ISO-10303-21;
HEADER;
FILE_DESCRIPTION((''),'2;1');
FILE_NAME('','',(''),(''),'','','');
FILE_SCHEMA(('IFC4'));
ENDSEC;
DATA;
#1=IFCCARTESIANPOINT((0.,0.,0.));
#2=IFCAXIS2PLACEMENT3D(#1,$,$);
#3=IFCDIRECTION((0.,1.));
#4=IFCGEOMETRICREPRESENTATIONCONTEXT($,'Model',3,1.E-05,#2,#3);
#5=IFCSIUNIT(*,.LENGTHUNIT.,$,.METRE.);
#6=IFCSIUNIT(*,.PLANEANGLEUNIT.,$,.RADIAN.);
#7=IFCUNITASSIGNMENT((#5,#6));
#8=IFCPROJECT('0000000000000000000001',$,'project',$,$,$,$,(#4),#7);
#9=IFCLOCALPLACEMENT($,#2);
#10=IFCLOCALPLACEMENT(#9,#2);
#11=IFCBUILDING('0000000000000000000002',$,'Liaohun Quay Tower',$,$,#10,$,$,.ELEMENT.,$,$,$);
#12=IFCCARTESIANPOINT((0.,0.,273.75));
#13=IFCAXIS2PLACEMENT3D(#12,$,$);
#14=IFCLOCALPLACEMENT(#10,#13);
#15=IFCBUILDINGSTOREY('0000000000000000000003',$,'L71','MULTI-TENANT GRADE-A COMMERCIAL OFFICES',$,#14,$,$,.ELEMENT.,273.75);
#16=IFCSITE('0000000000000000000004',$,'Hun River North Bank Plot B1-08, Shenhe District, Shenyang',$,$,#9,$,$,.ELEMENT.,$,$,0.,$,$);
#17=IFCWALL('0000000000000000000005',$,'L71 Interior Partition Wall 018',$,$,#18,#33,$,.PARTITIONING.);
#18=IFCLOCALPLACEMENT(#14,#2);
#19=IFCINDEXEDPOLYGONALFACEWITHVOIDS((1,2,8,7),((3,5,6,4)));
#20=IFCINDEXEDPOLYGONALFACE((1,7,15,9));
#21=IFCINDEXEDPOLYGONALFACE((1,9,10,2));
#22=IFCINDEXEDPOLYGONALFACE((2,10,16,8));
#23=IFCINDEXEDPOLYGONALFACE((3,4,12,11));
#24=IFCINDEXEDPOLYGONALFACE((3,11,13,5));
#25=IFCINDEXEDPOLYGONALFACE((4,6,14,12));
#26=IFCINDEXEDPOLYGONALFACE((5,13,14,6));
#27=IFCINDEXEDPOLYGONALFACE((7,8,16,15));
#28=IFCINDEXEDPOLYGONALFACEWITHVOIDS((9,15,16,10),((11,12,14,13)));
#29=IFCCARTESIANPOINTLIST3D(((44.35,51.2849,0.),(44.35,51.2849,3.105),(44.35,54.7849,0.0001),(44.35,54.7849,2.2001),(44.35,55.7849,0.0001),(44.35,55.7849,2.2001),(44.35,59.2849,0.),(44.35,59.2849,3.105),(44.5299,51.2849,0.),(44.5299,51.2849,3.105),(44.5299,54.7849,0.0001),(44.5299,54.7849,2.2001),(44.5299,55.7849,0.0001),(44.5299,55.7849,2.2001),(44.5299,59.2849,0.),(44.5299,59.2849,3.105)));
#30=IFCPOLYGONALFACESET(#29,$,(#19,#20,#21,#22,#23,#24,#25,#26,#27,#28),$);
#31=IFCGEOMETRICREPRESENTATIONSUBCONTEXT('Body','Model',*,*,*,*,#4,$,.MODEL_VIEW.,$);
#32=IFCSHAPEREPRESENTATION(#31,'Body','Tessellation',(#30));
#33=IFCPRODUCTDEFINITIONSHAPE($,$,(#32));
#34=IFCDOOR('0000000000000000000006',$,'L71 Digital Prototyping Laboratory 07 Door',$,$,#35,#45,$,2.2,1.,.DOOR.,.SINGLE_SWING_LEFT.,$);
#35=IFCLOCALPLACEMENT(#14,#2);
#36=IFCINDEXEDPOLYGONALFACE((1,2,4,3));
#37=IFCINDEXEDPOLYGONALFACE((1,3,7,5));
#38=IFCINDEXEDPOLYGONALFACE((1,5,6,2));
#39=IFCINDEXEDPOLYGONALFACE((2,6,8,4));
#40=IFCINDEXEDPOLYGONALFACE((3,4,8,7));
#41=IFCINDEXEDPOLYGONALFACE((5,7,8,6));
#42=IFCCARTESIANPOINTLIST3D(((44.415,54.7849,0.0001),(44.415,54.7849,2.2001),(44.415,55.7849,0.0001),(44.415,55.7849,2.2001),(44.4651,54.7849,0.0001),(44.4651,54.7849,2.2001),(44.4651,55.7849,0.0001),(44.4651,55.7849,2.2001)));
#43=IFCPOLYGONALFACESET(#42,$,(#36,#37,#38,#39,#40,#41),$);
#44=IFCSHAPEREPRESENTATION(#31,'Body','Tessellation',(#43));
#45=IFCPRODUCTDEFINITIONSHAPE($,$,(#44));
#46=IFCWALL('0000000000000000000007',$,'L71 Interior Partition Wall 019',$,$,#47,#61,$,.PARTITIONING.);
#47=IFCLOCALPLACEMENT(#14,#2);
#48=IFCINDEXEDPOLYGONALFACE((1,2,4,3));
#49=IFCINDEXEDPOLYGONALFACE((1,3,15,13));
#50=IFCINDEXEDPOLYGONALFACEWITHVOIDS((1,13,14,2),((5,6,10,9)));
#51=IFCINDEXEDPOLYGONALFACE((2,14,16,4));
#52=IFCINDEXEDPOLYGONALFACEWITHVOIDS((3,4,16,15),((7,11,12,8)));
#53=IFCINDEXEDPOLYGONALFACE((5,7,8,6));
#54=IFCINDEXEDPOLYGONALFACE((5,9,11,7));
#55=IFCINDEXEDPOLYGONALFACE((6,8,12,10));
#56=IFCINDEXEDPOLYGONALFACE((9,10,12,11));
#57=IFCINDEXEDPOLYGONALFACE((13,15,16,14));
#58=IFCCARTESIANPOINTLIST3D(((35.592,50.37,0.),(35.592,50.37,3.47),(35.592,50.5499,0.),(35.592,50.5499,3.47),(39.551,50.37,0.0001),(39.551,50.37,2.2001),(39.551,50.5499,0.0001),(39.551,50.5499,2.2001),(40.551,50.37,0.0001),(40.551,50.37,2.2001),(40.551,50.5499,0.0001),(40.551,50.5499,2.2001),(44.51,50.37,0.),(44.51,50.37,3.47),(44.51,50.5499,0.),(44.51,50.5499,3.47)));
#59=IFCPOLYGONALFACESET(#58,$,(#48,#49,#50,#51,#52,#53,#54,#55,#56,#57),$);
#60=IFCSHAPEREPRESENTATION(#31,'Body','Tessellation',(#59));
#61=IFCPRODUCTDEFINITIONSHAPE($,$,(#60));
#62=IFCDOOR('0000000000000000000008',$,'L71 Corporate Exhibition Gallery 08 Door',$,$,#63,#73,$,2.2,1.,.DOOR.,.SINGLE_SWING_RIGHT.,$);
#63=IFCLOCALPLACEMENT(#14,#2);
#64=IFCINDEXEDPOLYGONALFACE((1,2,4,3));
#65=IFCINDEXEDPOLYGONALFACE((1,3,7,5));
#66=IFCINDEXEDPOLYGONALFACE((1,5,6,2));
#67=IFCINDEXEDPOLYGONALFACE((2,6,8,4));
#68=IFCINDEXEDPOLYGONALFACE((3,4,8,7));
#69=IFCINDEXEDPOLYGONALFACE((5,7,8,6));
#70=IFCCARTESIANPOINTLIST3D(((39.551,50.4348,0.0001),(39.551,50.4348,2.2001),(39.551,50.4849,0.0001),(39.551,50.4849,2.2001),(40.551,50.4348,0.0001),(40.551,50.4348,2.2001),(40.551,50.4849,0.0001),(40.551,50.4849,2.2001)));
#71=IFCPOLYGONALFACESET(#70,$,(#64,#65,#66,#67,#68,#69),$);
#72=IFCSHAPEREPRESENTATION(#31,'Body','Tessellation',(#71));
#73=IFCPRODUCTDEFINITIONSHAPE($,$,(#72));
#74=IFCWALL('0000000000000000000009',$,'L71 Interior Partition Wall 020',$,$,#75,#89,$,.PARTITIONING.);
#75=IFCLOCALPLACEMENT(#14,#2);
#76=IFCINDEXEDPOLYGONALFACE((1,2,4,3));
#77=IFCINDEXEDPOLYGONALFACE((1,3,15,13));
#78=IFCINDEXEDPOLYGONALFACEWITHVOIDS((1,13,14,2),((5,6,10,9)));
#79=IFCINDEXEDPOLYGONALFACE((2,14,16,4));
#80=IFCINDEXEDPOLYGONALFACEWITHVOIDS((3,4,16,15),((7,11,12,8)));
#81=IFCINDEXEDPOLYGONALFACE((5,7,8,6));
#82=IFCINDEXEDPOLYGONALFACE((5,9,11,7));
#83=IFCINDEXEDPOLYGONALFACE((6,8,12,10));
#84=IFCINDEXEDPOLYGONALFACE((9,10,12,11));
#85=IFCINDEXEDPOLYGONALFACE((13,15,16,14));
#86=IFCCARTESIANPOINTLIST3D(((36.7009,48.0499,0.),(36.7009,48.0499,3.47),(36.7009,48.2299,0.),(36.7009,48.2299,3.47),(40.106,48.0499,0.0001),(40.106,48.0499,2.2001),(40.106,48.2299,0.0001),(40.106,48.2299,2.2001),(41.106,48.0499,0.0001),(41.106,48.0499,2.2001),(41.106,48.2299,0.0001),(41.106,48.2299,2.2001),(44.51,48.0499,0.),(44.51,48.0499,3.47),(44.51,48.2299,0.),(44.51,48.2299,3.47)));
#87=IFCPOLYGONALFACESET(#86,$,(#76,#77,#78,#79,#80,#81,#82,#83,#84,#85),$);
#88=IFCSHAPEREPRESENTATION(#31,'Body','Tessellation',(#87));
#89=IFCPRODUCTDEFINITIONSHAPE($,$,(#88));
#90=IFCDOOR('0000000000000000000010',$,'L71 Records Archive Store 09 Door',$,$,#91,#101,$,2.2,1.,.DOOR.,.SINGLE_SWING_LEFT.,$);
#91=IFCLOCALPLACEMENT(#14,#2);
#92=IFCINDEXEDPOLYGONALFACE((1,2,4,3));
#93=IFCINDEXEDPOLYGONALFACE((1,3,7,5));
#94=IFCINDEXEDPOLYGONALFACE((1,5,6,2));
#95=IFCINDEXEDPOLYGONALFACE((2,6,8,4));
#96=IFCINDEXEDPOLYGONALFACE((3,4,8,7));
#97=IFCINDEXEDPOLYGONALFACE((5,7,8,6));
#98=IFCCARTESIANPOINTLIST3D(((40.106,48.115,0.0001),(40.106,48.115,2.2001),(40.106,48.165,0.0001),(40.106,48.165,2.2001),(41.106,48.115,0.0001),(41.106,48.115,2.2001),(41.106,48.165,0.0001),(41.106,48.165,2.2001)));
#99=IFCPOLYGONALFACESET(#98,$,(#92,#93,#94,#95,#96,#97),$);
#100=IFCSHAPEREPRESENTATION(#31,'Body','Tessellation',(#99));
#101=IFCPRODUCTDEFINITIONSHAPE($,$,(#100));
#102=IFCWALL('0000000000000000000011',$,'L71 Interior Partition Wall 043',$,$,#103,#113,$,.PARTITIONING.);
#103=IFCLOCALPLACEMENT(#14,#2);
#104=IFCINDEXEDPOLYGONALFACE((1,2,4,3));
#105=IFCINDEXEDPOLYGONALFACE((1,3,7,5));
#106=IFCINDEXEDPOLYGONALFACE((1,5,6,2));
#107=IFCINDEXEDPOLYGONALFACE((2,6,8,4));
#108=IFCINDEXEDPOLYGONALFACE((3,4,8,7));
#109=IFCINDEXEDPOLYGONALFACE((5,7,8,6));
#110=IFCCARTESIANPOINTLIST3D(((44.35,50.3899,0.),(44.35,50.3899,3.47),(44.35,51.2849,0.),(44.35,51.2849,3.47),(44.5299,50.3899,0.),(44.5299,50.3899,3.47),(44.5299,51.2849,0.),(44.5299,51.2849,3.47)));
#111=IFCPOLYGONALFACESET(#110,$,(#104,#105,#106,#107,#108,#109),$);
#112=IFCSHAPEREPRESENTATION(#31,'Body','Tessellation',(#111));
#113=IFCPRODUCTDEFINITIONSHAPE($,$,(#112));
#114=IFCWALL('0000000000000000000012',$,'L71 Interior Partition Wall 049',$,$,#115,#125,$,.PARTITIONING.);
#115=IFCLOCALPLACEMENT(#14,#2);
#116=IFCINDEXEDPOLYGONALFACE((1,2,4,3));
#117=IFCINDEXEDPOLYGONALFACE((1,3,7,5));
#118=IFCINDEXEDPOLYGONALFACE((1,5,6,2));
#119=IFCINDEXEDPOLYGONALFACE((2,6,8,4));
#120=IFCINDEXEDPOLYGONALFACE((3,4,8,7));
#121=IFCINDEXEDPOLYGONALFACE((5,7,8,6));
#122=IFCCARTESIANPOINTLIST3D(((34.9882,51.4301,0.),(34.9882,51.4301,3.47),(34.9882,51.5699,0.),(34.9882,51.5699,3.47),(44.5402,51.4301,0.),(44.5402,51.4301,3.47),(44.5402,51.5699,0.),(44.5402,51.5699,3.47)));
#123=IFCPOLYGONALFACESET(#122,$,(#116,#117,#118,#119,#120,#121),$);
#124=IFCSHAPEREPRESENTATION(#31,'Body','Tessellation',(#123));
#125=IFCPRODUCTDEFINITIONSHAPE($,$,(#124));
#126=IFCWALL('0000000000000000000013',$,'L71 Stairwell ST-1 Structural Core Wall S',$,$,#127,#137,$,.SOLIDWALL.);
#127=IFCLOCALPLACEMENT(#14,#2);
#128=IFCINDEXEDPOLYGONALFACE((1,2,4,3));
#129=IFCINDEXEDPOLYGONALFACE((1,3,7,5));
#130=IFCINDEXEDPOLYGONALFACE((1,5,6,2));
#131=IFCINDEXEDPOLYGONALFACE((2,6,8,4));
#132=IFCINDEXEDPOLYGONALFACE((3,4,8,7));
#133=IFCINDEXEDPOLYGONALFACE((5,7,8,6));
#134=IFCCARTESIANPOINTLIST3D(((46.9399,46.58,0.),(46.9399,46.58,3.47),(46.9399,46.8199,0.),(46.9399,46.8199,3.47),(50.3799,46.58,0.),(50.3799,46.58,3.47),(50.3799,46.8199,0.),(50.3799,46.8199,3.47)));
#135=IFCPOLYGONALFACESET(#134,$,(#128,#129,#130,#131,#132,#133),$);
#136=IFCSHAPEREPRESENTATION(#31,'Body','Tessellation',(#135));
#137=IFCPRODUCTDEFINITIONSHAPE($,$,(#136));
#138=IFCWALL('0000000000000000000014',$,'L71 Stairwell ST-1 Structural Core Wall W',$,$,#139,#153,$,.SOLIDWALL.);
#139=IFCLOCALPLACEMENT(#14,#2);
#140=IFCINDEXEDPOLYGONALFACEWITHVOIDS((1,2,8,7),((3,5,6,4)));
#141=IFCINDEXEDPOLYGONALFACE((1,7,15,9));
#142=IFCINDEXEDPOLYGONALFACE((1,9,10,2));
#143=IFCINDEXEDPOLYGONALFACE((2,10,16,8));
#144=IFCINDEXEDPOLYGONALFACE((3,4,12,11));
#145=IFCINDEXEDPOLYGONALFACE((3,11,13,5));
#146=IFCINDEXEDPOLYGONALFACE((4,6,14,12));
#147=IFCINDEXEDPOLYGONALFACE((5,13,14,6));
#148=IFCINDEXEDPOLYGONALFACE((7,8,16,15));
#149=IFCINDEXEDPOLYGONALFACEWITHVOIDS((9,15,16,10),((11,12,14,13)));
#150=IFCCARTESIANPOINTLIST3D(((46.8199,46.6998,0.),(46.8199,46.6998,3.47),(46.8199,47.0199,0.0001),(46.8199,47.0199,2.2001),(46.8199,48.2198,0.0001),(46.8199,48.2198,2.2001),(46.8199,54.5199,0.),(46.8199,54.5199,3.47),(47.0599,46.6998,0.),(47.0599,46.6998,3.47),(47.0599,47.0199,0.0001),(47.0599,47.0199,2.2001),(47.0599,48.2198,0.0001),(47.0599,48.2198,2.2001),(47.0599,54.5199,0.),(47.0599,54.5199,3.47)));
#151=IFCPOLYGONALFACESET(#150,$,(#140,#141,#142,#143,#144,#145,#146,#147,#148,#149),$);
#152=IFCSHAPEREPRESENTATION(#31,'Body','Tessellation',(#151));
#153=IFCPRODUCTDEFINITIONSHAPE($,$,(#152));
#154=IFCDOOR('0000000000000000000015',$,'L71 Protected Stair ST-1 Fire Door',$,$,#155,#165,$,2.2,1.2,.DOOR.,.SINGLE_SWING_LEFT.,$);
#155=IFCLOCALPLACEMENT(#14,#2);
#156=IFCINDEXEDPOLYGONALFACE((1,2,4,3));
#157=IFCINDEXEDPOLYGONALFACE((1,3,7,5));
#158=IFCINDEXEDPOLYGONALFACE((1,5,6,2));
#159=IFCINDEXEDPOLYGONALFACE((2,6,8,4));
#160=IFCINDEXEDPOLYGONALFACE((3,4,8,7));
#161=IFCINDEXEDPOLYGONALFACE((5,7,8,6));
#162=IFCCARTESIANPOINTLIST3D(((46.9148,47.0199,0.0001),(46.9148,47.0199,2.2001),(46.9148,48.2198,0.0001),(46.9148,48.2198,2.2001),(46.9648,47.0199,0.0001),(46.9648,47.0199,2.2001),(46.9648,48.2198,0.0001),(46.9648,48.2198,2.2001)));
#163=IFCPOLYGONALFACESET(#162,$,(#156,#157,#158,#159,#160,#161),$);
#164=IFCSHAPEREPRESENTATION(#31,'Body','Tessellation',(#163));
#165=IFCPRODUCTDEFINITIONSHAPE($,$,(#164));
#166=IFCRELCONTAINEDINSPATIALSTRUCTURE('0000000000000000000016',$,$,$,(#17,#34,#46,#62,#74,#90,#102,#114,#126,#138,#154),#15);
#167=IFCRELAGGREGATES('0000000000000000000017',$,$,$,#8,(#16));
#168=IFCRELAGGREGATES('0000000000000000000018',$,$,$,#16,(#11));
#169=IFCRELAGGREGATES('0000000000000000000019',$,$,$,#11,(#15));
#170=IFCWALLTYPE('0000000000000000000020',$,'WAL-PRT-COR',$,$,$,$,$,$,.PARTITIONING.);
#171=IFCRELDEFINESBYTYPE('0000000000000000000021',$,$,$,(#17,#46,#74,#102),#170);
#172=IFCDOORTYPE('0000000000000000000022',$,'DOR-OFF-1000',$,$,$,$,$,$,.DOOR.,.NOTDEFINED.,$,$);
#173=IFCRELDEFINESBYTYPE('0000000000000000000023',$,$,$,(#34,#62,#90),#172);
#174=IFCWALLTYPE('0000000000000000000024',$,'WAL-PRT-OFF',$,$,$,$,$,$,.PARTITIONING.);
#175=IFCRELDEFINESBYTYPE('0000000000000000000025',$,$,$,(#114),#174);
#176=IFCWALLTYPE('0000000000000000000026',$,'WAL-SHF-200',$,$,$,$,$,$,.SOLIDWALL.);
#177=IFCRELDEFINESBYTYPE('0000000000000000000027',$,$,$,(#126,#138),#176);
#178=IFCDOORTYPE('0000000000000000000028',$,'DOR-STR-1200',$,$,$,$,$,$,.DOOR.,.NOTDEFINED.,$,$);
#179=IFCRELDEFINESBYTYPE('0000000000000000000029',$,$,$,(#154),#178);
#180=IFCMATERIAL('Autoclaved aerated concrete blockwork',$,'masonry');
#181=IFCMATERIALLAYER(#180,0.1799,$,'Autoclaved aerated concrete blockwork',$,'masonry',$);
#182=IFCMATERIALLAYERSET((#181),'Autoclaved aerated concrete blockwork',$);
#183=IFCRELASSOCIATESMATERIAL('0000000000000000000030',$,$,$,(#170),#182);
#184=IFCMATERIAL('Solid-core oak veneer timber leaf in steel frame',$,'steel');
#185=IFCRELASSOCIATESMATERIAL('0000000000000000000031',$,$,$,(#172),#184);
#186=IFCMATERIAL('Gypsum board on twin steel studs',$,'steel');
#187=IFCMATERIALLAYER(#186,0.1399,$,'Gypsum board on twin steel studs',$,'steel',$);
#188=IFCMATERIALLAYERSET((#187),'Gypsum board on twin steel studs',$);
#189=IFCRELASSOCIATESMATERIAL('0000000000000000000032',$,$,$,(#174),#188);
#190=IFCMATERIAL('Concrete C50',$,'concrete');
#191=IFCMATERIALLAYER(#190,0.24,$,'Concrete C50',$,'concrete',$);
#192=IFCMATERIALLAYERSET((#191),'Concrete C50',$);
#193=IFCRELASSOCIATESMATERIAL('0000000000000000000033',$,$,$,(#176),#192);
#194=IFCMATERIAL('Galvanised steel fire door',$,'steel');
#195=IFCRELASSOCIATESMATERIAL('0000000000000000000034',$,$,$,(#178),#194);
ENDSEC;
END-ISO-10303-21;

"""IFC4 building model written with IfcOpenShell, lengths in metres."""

from ifc_helpers import new_model, si_unit, direction, frame, frame_2d, origin, place, context, subcontext, project, spatial, rectangle, extrude, source, transform, mapped, material, layer, layer_set, type_object, element, fill, save


model = new_model("IFC4")

# Units and contexts
model_context = context("Model", 3, precision=1e-05, world=origin(), true_north=direction((0.0, 1.0)))
body_context = subcontext(model_context, "Body", "Model", "MODEL_VIEW")
ifc_project = project(units=[si_unit("LENGTHUNIT", "METRE"), si_unit("PLANEANGLEUNIT", "RADIAN")], contexts=[model_context])

# Site, building, storey
site_placement = place(None, origin())
site = spatial("IfcSite", under=ifc_project, at=site_placement, Name="Hun River North Bank Plot B1-08, Shenhe District, Shenyang", CompositionType="ELEMENT", RefElevation=0.0)
building_placement = place(site_placement, origin())
building = spatial("IfcBuilding", under=site, at=building_placement, Name="Liaohun Quay Tower", CompositionType="ELEMENT")
storey_placement = place(building_placement, frame((0.0, 0.0, 273.75)))
storey = spatial("IfcBuildingStorey", under=building, at=storey_placement, Name="L71", Description="MULTI-TENANT GRADE-A COMMERCIAL OFFICES", CompositionType="ELEMENT", Elevation=273.75)

# Walls, openings, doors
ifc_material_1 = material(Name="Autoclaved aerated concrete blockwork", Category="masonry")
ifc_layer_1 = layer(ifc_material_1, 0.1799, Name="Autoclaved aerated concrete blockwork", Category="masonry")
ifc_layer_set_1 = layer_set([ifc_layer_1], Name="Autoclaved aerated concrete blockwork")
wall_type_1 = type_object("IfcWallType", Name="WAL-PRT-COR", PredefinedType="PARTITIONING", material=ifc_layer_set_1)
wall_1_placement = place(storey_placement, frame((44.4399, 51.2849, 0.0), z_axis=(0.0, 0.0, 1.0), x_axis=(0.0, 1.0, 0.0)))
wall_1 = element("IfcWall", 1, at=wall_1_placement, inside=storey, type_object=wall_type_1, Name="L71 Interior Partition Wall 018", PredefinedType="PARTITIONING", context=body_context, shape_type="SweptSolid", body=[
    extrude(rectangle(XDim=8.0, YDim=0.1799, at=frame_2d((4.0, 0.0))), origin(), (0.0, 0.0, 1.0), 3.105),
])
shared_shape_1 = source(origin(), body_context, "Body", "SweptSolid", [
    extrude(rectangle(XDim=1.0, YDim=2.2, at=frame_2d((0.5, 1.1001))), frame((0.0, 0.0999, 0.0), z_axis=(0.0, -1.0, 0.0), x_axis=(1.0, 0.0, 0.0)), (0.0, 0.0, 1.0), 0.2),
])
opening_1_placement = place(wall_1_placement, frame((3.5, 0.0, 0.0)))
opening_1 = element("IfcOpeningElement", 2, at=opening_1_placement, cuts=wall_1, PredefinedType="OPENING", context=body_context, shape_type="MappedRepresentation", body=[
    mapped(shared_shape_1, transform((0.0, 0.0, 0.0), x_axis=(1.0, 0.0, 0.0), y_axis=(0.0, 1.0, 0.0), z_axis=(0.0, 0.0, 1.0), scale=1.0)),
])
ifc_material_2 = material(Name="Solid-core oak veneer timber leaf in steel frame", Category="steel")
door_type_1 = type_object("IfcDoorType", Name="DOR-OFF-1000", OperationType="NOTDEFINED", PredefinedType="DOOR", material=ifc_material_2)
shared_shape_2 = source(origin(), body_context, "Body", "SweptSolid", [
    extrude(rectangle(XDim=1.0, YDim=2.2, at=frame_2d((0.5, 1.1001))), frame((0.0, 0.0249, 0.0), z_axis=(0.0, -1.0, 0.0), x_axis=(1.0, 0.0, 0.0)), (0.0, 0.0, 1.0), 0.05),
])
door_1_placement = place(opening_1_placement, origin())
door_1 = element("IfcDoor", 3, at=door_1_placement, inside=storey, type_object=door_type_1, Name="L71 Digital Prototyping Laboratory 07 Door", OperationType="SINGLE_SWING_LEFT", OverallHeight=2.2, OverallWidth=1.0, PredefinedType="DOOR", context=body_context, shape_type="MappedRepresentation", body=[
    mapped(shared_shape_2, transform((0.0, 0.0, 0.0), x_axis=(1.0, 0.0, 0.0), y_axis=(0.0, 1.0, 0.0), z_axis=(0.0, 0.0, 1.0), scale=1.0)),
])
fill(opening_1, door_1)
wall_2_placement = place(storey_placement, frame((35.592, 50.46, 0.0), z_axis=(0.0, 0.0, 1.0), x_axis=(1.0, 0.0, 0.0)))
wall_2 = element("IfcWall", 4, at=wall_2_placement, inside=storey, type_object=wall_type_1, Name="L71 Interior Partition Wall 019", PredefinedType="PARTITIONING", context=body_context, shape_type="SweptSolid", body=[
    extrude(rectangle(XDim=8.918, YDim=0.1799, at=frame_2d((4.459, 0.0))), origin(), (0.0, 0.0, 1.0), 3.47),
])
opening_2_placement = place(wall_2_placement, frame((3.959, 0.0, 0.0)))
opening_2 = element("IfcOpeningElement", 5, at=opening_2_placement, cuts=wall_2, PredefinedType="OPENING", context=body_context, shape_type="MappedRepresentation", body=[
    mapped(shared_shape_1, transform((0.0, 0.0, 0.0), x_axis=(1.0, 0.0, 0.0), y_axis=(0.0, 1.0, 0.0), z_axis=(0.0, 0.0, 1.0), scale=1.0)),
])
door_2_placement = place(opening_2_placement, origin())
door_2 = element("IfcDoor", 6, at=door_2_placement, inside=storey, type_object=door_type_1, Name="L71 Corporate Exhibition Gallery 08 Door", OperationType="SINGLE_SWING_RIGHT", OverallHeight=2.2, OverallWidth=1.0, PredefinedType="DOOR", context=body_context, shape_type="MappedRepresentation", body=[
    mapped(shared_shape_2, transform((0.0, 0.0, 0.0), x_axis=(1.0, 0.0, 0.0), y_axis=(0.0, 1.0, 0.0), z_axis=(0.0, 0.0, 1.0), scale=1.0)),
])
fill(opening_2, door_2)
wall_3_placement = place(storey_placement, frame((44.51, 48.1399, 0.0), z_axis=(0.0, 0.0, 1.0), x_axis=(-1.0, 0.0, 0.0)))
wall_3 = element("IfcWall", 7, at=wall_3_placement, inside=storey, type_object=wall_type_1, Name="L71 Interior Partition Wall 020", PredefinedType="PARTITIONING", context=body_context, shape_type="SweptSolid", body=[
    extrude(rectangle(XDim=7.8091, YDim=0.1799, at=frame_2d((3.9045, 0.0))), origin(), (0.0, 0.0, 1.0), 3.47),
])
opening_3_placement = place(wall_3_placement, frame((3.4041, 0.0, 0.0)))
opening_3 = element("IfcOpeningElement", 8, at=opening_3_placement, cuts=wall_3, PredefinedType="OPENING", context=body_context, shape_type="MappedRepresentation", body=[
    mapped(shared_shape_1, transform((0.0, 0.0, 0.0), x_axis=(1.0, 0.0, 0.0), y_axis=(0.0, 1.0, 0.0), z_axis=(0.0, 0.0, 1.0), scale=1.0)),
])
door_3_placement = place(opening_3_placement, origin())
door_3 = element("IfcDoor", 9, at=door_3_placement, inside=storey, type_object=door_type_1, Name="L71 Records Archive Store 09 Door", OperationType="SINGLE_SWING_LEFT", OverallHeight=2.2, OverallWidth=1.0, PredefinedType="DOOR", context=body_context, shape_type="MappedRepresentation", body=[
    mapped(shared_shape_2, transform((0.0, 0.0, 0.0), x_axis=(1.0, 0.0, 0.0), y_axis=(0.0, 1.0, 0.0), z_axis=(0.0, 0.0, 1.0), scale=1.0)),
])
fill(opening_3, door_3)

# Walls
wall_4_placement = place(storey_placement, frame((44.4399, 50.3899, 0.0), z_axis=(0.0, 0.0, 1.0), x_axis=(0.0, 1.0, 0.0)))
element("IfcWall", 10, at=wall_4_placement, inside=storey, type_object=wall_type_1, Name="L71 Interior Partition Wall 043", PredefinedType="PARTITIONING", context=body_context, shape_type="SweptSolid", body=[
    extrude(rectangle(XDim=0.895, YDim=0.1799, at=frame_2d((0.4475, 0.0))), origin(), (0.0, 0.0, 1.0), 3.47),
])
ifc_material_3 = material(Name="Gypsum board on twin steel studs", Category="steel")
ifc_layer_2 = layer(ifc_material_3, 0.1399, Name="Gypsum board on twin steel studs", Category="steel")
ifc_layer_set_2 = layer_set([ifc_layer_2], Name="Gypsum board on twin steel studs")
wall_type_2 = type_object("IfcWallType", Name="WAL-PRT-OFF", PredefinedType="PARTITIONING", material=ifc_layer_set_2)
wall_5_placement = place(storey_placement, frame((44.54, 51.5, 0.0), z_axis=(0.0, 0.0, 1.0), x_axis=(-1.0, 0.0, 0.0)))
element("IfcWall", 11, at=wall_5_placement, inside=storey, type_object=wall_type_2, Name="L71 Interior Partition Wall 049", PredefinedType="PARTITIONING", context=body_context, shape_type="SweptSolid", body=[
    extrude(rectangle(XDim=9.552, YDim=0.1399, at=frame_2d((4.7759, 0.0))), origin(), (0.0, 0.0, 1.0), 3.47),
])
ifc_material_4 = material(Name="Concrete C50", Category="concrete")
ifc_layer_3 = layer(ifc_material_4, 0.24, Name="Concrete C50", Category="concrete")
ifc_layer_set_3 = layer_set([ifc_layer_3], Name="Concrete C50")
wall_type_3 = type_object("IfcWallType", Name="WAL-SHF-200", PredefinedType="SOLIDWALL", material=ifc_layer_set_3)
wall_6_placement = place(storey_placement, frame((46.9399, 46.7, 0.0), z_axis=(0.0, 0.0, 1.0), x_axis=(1.0, 0.0, 0.0)))
element("IfcWall", 12, at=wall_6_placement, inside=storey, type_object=wall_type_3, Name="L71 Stairwell ST-1 Structural Core Wall S", PredefinedType="SOLIDWALL", context=body_context, shape_type="SweptSolid", body=[
    extrude(rectangle(XDim=3.4399, YDim=0.24, at=frame_2d((1.72, 0.0))), origin(), (0.0, 0.0, 1.0), 3.47),
])

# Wall, opening, door
wall_7_placement = place(storey_placement, frame((46.9399, 54.52, 0.0), z_axis=(0.0, 0.0, 1.0), x_axis=(0.0, -1.0, 0.0)))
wall_7 = element("IfcWall", 13, at=wall_7_placement, inside=storey, type_object=wall_type_3, Name="L71 Stairwell ST-1 Structural Core Wall W", PredefinedType="SOLIDWALL", context=body_context, shape_type="SweptSolid", body=[
    extrude(rectangle(XDim=7.8201, YDim=0.24, at=frame_2d((3.9102, 0.0))), origin(), (0.0, 0.0, 1.0), 3.47),
])
shared_shape_3 = source(origin(), body_context, "Body", "SweptSolid", [
    extrude(rectangle(XDim=1.2, YDim=2.2, at=frame_2d((0.6001, 1.1001))), frame((0.0, 0.1299, 0.0), z_axis=(0.0, -1.0, 0.0), x_axis=(1.0, 0.0, 0.0)), (0.0, 0.0, 1.0), 0.26),
])
opening_4_placement = place(wall_7_placement, frame((6.3, 0.0, 0.0)))
opening_4 = element("IfcOpeningElement", 14, at=opening_4_placement, cuts=wall_7, PredefinedType="OPENING", context=body_context, shape_type="MappedRepresentation", body=[
    mapped(shared_shape_3, transform((0.0, 0.0, 0.0), x_axis=(1.0, 0.0, 0.0), y_axis=(0.0, 1.0, 0.0), z_axis=(0.0, 0.0, 1.0), scale=1.0)),
])
ifc_material_5 = material(Name="Galvanised steel fire door", Category="steel")
door_type_2 = type_object("IfcDoorType", Name="DOR-STR-1200", OperationType="NOTDEFINED", PredefinedType="DOOR", material=ifc_material_5)
shared_shape_4 = source(origin(), body_context, "Body", "SweptSolid", [
    extrude(rectangle(XDim=1.2, YDim=2.2, at=frame_2d((0.6001, 1.1001))), frame((0.0, 0.0249, 0.0), z_axis=(0.0, -1.0, 0.0), x_axis=(1.0, 0.0, 0.0)), (0.0, 0.0, 1.0), 0.05),
])
door_4_placement = place(opening_4_placement, origin())
door_4 = element("IfcDoor", 15, at=door_4_placement, inside=storey, type_object=door_type_2, Name="L71 Protected Stair ST-1 Fire Door", OperationType="SINGLE_SWING_LEFT", OverallHeight=2.2, OverallWidth=1.2, PredefinedType="DOOR", context=body_context, shape_type="MappedRepresentation", body=[
    mapped(shared_shape_4, transform((0.0, 0.0, 0.0), x_axis=(1.0, 0.0, 0.0), y_axis=(0.0, 1.0, 0.0), z_axis=(0.0, 0.0, 1.0), scale=1.0)),
])
fill(opening_4, door_4)

save(model, "model.ifc")
